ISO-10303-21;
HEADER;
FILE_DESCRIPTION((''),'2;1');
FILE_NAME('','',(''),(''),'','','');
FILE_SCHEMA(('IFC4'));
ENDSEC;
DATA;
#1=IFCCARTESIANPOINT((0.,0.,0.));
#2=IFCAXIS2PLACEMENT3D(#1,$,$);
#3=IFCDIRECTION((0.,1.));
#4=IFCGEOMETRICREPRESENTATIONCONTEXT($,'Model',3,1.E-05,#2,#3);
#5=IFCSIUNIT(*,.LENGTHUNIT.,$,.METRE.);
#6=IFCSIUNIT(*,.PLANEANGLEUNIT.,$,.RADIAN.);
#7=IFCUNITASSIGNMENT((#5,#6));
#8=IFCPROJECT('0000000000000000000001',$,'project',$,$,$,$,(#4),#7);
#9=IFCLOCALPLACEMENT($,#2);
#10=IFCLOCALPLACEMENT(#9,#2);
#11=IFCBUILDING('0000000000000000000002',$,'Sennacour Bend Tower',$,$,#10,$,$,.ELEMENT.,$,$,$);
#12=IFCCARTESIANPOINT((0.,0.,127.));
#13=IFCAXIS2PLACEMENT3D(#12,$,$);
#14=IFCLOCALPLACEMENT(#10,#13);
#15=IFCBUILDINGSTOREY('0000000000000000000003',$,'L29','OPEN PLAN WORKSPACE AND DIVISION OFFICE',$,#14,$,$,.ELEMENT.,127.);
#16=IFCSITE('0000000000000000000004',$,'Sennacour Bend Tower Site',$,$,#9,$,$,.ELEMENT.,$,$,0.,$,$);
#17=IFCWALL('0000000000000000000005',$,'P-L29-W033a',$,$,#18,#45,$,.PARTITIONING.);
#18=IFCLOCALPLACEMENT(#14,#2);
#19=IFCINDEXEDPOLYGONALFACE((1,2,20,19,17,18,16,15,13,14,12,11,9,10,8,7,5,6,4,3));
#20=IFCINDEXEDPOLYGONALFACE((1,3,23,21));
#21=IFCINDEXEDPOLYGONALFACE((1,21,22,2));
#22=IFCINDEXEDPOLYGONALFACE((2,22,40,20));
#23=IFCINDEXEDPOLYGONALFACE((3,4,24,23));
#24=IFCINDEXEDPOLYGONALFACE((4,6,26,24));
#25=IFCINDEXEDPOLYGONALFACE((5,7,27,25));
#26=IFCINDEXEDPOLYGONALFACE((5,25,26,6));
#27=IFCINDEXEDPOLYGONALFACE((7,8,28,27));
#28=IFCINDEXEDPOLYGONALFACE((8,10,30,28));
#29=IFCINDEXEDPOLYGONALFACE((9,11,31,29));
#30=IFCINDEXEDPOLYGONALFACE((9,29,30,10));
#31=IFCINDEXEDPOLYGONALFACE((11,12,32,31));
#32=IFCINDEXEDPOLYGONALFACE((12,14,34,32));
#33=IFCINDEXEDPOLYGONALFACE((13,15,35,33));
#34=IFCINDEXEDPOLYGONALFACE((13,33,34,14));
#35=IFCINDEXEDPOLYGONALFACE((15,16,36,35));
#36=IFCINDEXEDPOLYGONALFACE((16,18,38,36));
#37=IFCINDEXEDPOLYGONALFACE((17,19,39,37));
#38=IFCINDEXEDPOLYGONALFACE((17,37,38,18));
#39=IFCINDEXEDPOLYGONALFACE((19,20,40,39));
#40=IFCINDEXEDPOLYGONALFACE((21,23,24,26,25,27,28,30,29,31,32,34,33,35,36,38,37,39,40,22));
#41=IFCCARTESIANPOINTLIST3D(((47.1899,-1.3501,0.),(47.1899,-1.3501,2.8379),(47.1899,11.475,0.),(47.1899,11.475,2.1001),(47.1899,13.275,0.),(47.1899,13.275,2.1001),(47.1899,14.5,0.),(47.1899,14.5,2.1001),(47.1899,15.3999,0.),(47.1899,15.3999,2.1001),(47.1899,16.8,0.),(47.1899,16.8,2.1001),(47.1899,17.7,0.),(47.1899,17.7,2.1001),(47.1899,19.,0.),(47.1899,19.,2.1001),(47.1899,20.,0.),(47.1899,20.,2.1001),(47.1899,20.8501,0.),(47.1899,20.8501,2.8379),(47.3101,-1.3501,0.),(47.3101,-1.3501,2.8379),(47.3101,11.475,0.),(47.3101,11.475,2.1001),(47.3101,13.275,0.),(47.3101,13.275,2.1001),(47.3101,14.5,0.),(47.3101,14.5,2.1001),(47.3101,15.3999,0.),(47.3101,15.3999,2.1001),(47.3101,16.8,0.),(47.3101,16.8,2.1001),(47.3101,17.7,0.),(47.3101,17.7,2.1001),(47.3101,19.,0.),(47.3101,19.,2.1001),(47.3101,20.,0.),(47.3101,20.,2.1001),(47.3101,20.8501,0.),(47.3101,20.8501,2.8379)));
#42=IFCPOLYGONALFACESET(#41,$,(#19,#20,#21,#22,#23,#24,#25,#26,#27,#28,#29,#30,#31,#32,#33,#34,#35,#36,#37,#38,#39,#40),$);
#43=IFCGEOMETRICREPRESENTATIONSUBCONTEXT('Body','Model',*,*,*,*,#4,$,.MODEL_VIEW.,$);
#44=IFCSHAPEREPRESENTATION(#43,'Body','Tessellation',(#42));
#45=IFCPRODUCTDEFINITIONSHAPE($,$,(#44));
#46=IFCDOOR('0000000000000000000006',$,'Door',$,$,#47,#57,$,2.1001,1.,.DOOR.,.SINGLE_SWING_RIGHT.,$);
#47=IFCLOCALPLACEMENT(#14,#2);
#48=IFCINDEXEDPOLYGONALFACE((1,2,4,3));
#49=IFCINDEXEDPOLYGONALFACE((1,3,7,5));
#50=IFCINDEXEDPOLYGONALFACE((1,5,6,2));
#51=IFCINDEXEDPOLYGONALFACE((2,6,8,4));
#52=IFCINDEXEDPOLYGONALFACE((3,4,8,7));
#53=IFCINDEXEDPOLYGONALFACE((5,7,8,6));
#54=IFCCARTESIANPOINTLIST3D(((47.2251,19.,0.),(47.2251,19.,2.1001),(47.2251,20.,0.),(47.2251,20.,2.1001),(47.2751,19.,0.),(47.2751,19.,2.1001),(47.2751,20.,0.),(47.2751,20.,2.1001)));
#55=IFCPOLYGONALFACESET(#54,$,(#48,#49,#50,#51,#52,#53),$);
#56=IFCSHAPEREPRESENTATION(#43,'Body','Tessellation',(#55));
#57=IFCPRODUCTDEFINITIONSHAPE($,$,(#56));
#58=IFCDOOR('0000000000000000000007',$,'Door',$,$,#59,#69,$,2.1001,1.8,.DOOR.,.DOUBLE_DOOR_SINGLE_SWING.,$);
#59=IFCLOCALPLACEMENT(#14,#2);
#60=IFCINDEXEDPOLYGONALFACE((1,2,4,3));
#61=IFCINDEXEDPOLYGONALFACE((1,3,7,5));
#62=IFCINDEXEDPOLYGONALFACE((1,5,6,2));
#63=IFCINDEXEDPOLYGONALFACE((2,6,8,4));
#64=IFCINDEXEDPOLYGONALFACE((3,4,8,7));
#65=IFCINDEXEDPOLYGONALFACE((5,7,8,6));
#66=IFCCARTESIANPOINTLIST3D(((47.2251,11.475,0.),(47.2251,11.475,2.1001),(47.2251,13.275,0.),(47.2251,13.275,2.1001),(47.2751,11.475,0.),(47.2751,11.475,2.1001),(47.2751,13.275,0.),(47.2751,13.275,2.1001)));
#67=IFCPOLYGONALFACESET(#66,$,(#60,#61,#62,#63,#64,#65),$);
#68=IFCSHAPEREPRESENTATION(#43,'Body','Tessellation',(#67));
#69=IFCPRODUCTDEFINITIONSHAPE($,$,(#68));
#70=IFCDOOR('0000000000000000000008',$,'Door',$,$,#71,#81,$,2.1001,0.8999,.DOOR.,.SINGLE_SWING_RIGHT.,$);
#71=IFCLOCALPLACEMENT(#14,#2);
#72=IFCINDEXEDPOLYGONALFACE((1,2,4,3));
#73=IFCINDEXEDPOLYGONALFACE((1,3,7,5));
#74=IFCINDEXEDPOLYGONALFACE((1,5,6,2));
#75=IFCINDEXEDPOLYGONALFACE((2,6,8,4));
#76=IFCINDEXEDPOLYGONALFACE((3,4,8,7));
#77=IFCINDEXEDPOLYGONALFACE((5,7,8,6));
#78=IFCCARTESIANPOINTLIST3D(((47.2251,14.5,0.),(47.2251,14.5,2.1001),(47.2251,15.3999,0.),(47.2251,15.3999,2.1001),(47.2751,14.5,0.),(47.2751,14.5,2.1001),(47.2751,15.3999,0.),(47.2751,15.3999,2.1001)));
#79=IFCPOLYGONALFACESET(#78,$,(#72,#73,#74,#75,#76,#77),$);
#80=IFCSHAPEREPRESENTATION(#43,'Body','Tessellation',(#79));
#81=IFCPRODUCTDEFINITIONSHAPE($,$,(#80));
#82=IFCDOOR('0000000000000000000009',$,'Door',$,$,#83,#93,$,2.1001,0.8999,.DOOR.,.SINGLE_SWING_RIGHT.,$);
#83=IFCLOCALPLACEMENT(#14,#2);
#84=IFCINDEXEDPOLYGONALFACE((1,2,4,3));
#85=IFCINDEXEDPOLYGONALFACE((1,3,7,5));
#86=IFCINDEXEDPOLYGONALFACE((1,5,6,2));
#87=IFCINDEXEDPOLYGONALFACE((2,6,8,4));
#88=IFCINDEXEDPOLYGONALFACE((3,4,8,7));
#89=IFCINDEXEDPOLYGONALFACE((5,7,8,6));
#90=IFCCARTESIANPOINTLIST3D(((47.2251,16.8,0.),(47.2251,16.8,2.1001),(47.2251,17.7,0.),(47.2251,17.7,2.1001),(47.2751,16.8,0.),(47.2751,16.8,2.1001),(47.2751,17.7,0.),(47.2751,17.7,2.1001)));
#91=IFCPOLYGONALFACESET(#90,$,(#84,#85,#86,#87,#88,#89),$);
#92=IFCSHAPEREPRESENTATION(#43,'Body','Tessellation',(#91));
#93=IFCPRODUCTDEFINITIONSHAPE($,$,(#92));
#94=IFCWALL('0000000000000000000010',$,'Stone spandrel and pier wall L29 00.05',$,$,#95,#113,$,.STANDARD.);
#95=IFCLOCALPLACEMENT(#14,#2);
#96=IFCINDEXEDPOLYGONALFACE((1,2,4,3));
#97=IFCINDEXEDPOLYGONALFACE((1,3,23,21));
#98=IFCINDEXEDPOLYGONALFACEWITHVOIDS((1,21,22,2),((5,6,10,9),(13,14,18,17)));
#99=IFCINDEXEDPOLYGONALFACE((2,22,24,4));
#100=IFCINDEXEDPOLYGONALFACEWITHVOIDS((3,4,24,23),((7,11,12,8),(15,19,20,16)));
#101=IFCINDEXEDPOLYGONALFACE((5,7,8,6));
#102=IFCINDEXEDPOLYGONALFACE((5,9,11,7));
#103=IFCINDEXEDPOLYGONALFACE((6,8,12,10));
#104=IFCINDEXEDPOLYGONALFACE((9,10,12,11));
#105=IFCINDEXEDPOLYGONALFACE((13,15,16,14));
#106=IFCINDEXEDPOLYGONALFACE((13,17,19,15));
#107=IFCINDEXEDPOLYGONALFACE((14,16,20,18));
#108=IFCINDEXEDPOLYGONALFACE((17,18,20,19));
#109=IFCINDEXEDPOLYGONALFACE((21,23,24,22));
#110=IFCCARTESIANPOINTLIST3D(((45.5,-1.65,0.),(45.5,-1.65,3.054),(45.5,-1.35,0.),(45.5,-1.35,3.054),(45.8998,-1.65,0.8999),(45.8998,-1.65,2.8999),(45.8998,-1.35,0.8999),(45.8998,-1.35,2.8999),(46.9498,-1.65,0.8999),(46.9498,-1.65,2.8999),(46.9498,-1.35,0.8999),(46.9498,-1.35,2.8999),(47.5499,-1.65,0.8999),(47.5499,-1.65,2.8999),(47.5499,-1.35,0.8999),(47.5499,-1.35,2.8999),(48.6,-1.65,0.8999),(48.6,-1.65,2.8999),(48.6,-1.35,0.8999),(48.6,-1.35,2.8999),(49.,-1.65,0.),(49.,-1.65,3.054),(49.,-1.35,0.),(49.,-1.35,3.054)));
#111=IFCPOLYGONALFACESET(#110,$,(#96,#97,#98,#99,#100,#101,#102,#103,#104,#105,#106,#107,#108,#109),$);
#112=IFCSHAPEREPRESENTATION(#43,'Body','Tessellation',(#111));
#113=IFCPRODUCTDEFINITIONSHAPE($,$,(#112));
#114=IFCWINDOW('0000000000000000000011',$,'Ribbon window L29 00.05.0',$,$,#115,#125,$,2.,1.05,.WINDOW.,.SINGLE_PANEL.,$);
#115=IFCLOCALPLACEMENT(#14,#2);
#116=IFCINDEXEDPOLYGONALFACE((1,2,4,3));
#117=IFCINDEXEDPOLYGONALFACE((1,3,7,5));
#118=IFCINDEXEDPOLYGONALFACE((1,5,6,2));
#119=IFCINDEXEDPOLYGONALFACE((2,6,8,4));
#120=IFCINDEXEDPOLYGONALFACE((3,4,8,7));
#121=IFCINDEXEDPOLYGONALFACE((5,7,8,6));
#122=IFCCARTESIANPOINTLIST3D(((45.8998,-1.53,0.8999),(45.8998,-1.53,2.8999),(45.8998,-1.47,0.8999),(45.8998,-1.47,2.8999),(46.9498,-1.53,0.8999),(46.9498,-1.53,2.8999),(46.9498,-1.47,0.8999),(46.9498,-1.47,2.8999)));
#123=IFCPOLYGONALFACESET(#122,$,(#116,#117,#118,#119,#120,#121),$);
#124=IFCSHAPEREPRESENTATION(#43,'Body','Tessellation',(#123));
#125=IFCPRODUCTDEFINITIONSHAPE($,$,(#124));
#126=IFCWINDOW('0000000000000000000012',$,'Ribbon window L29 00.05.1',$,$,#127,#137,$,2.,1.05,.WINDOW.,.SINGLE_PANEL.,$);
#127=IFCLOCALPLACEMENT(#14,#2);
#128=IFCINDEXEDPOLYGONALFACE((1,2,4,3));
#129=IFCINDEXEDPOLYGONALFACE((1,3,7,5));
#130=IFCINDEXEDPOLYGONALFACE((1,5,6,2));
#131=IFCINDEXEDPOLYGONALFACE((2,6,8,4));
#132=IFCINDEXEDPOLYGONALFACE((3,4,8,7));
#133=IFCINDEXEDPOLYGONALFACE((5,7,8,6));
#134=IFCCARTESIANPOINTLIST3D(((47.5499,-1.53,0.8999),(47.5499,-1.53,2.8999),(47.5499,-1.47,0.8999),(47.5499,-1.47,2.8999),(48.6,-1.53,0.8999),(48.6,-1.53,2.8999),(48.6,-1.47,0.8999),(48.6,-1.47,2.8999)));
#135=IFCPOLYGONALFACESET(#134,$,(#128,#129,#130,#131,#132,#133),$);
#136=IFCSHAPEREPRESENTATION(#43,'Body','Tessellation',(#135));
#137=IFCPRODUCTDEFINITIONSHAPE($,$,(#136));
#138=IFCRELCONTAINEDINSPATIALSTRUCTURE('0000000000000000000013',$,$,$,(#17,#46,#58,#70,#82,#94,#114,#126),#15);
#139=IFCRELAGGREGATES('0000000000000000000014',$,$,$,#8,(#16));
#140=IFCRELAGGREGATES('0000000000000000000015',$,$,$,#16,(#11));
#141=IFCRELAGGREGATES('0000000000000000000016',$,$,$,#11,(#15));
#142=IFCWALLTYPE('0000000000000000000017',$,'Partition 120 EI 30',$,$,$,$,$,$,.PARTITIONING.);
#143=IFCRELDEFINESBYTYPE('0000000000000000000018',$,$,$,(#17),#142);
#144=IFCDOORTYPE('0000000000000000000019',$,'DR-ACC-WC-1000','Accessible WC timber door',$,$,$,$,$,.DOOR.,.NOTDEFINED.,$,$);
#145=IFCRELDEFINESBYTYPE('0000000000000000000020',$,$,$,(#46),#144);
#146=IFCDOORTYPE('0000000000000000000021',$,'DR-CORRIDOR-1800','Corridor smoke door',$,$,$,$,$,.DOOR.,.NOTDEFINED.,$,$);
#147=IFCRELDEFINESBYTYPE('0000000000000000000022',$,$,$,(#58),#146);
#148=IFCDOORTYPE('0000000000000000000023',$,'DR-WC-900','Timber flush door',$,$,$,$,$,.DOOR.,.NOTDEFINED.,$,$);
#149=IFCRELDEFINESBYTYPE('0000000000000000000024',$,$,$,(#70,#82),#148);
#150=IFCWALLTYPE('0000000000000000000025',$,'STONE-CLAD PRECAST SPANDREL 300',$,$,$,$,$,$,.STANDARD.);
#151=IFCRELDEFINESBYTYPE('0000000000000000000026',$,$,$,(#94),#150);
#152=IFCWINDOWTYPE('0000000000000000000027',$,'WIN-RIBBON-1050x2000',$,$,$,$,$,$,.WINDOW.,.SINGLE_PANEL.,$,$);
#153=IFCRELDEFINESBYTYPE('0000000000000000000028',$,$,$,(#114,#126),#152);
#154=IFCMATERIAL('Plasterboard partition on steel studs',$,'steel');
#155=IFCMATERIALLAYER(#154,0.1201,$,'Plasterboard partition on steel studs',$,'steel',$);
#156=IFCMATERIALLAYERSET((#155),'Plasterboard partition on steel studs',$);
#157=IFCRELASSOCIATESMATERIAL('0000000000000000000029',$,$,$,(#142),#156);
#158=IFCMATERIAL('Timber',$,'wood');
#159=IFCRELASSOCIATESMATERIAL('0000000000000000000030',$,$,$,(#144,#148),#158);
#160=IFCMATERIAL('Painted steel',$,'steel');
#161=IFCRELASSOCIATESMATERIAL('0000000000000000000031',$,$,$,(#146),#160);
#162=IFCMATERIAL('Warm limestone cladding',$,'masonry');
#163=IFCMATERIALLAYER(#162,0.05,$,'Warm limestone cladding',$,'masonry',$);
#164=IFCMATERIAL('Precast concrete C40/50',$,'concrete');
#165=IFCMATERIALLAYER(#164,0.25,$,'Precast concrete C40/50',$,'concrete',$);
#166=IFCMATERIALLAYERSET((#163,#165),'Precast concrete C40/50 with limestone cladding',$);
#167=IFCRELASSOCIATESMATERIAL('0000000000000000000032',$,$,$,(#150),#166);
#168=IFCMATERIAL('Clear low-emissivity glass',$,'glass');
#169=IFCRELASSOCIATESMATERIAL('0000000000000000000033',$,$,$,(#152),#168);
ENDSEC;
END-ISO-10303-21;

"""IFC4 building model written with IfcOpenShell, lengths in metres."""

from ifc_helpers import new_model, si_unit, direction, frame, frame_2d, origin, place, context, subcontext, project, spatial, rectangle, extrude, material, layer, layer_set, type_object, element, fill, save


model = new_model("IFC4")

# Units and contexts
model_context = context("Model", 3, precision=1e-05, world=origin(), true_north=direction((0.0, 1.0)))
body_context = subcontext(model_context, "Body", "Model", "MODEL_VIEW")
ifc_project = project(units=[si_unit("LENGTHUNIT", "METRE"), si_unit("PLANEANGLEUNIT", "RADIAN")], contexts=[model_context])

# Site, building, storey
site_placement = place(None, origin())
site = spatial("IfcSite", under=ifc_project, at=site_placement, Name="Sennacour Bend Tower Site", CompositionType="ELEMENT", RefElevation=0.0)
building_placement = place(site_placement, origin())
building = spatial("IfcBuilding", under=site, at=building_placement, Name="Sennacour Bend Tower", CompositionType="ELEMENT")
storey_placement = place(building_placement, frame((0.0, 0.0, 127.0)))
storey = spatial("IfcBuildingStorey", under=building, at=storey_placement, Name="L29", Description="OPEN PLAN WORKSPACE AND DIVISION OFFICE", CompositionType="ELEMENT", Elevation=127.0)

# Wall, openings, doors
ifc_material_1 = material(Name="Plasterboard partition on steel studs", Category="steel")
ifc_layer_1 = layer(ifc_material_1, 0.1201, Name="Plasterboard partition on steel studs", Category="steel")
ifc_layer_set_1 = layer_set([ifc_layer_1], Name="Plasterboard partition on steel studs")
wall_type_1 = type_object("IfcWallType", Name="Partition 120 EI 30", PredefinedType="PARTITIONING", material=ifc_layer_set_1)
wall_1_placement = place(storey_placement, frame((47.25, -1.3501, 0.0), z_axis=(0.0, 0.0, 1.0), x_axis=(0.0, 1.0, 0.0)))
wall_1 = element("IfcWall", 1, at=wall_1_placement, inside=storey, type_object=wall_type_1, Name="P-L29-W033a", PredefinedType="PARTITIONING", context=body_context, shape_type="SweptSolid", body=[
    extrude(rectangle(XDim=22.2002, YDim=0.1201, at=frame_2d((11.1001, 0.0))), origin(), (0.0, 0.0, 1.0), 2.8379),
])
opening_1_placement = place(wall_1_placement, frame((12.8252, 0.0, 0.0)))
opening_1 = element("IfcOpeningElement", 2, at=opening_1_placement, cuts=wall_1, PredefinedType="OPENING", context=body_context, shape_type="SweptSolid", body=[
    extrude(rectangle(XDim=1.8, YDim=2.1001, at=frame_2d((0.8999, 1.05))), frame((0.0, 0.0701, 0.0), z_axis=(0.0, -1.0, 0.0), x_axis=(1.0, 0.0, 0.0)), (0.0, 0.0, 1.0), 0.1401),
])
opening_2_placement = place(wall_1_placement, frame((15.8501, 0.0, 0.0)))
opening_2 = element("IfcOpeningElement", 3, at=opening_2_placement, cuts=wall_1, PredefinedType="OPENING", context=body_context, shape_type="SweptSolid", body=[
    extrude(rectangle(XDim=0.8999, YDim=2.1001, at=frame_2d((0.45, 1.05))), frame((0.0, 0.0701, 0.0), z_axis=(0.0, -1.0, 0.0), x_axis=(1.0, 0.0, 0.0)), (0.0, 0.0, 1.0), 0.1401),
])
opening_3_placement = place(wall_1_placement, frame((18.1501, 0.0, 0.0)))
opening_3 = element("IfcOpeningElement", 4, at=opening_3_placement, cuts=wall_1, PredefinedType="OPENING", context=body_context, shape_type="SweptSolid", body=[
    extrude(rectangle(XDim=0.8999, YDim=2.1001, at=frame_2d((0.45, 1.05))), frame((0.0, 0.0701, 0.0), z_axis=(0.0, -1.0, 0.0), x_axis=(1.0, 0.0, 0.0)), (0.0, 0.0, 1.0), 0.1401),
])
opening_4_placement = place(wall_1_placement, frame((20.3501, 0.0, 0.0)))
opening_4 = element("IfcOpeningElement", 5, at=opening_4_placement, cuts=wall_1, PredefinedType="OPENING", context=body_context, shape_type="SweptSolid", body=[
    extrude(rectangle(XDim=1.0, YDim=2.1001, at=frame_2d((0.5, 1.05))), frame((0.0, 0.0701, 0.0), z_axis=(0.0, -1.0, 0.0), x_axis=(1.0, 0.0, 0.0)), (0.0, 0.0, 1.0), 0.1401),
])
ifc_material_2 = material(Name="Timber", Category="wood")
door_type_1 = type_object("IfcDoorType", Name="DR-ACC-WC-1000", Description="Accessible WC timber door", OperationType="NOTDEFINED", PredefinedType="DOOR", material=ifc_material_2)
door_1_placement = place(opening_4_placement, origin())
door_1 = element("IfcDoor", 6, at=door_1_placement, inside=storey, type_object=door_type_1, Name="Door", OperationType="SINGLE_SWING_RIGHT", OverallHeight=2.1001, OverallWidth=1.0, PredefinedType="DOOR", context=body_context, shape_type="SweptSolid", body=[
    extrude(rectangle(XDim=1.0, YDim=2.1001, at=frame_2d((0.5, 1.05))), frame((0.0, 0.0249, 0.0), z_axis=(0.0, -1.0, 0.0), x_axis=(1.0, 0.0, 0.0)), (0.0, 0.0, 1.0), 0.05),
])
fill(opening_4, door_1)
ifc_material_3 = material(Name="Painted steel", Category="steel")
door_type_2 = type_object("IfcDoorType", Name="DR-CORRIDOR-1800", Description="Corridor smoke door", OperationType="NOTDEFINED", PredefinedType="DOOR", material=ifc_material_3)
door_2_placement = place(opening_1_placement, origin())
door_2 = element("IfcDoor", 7, at=door_2_placement, inside=storey, type_object=door_type_2, Name="Door", OperationType="DOUBLE_DOOR_SINGLE_SWING", OverallHeight=2.1001, OverallWidth=1.8, PredefinedType="DOOR", context=body_context, shape_type="SweptSolid", body=[
    extrude(rectangle(XDim=1.8, YDim=2.1001, at=frame_2d((0.8999, 1.05))), frame((0.0, 0.0249, 0.0), z_axis=(0.0, -1.0, 0.0), x_axis=(1.0, 0.0, 0.0)), (0.0, 0.0, 1.0), 0.05),
])
fill(opening_1, door_2)
door_type_3 = type_object("IfcDoorType", Name="DR-WC-900", Description="Timber flush door", OperationType="NOTDEFINED", PredefinedType="DOOR", material=ifc_material_2)
door_3_placement = place(opening_2_placement, origin())
door_3 = element("IfcDoor", 8, at=door_3_placement, inside=storey, type_object=door_type_3, Name="Door", OperationType="SINGLE_SWING_RIGHT", OverallHeight=2.1001, OverallWidth=0.8999, PredefinedType="DOOR", context=body_context, shape_type="SweptSolid", body=[
    extrude(rectangle(XDim=0.8999, YDim=2.1001, at=frame_2d((0.45, 1.05))), frame((0.0, 0.0249, 0.0), z_axis=(0.0, -1.0, 0.0), x_axis=(1.0, 0.0, 0.0)), (0.0, 0.0, 1.0), 0.05),
])
fill(opening_2, door_3)
door_4_placement = place(opening_3_placement, origin())
door_4 = element("IfcDoor", 9, at=door_4_placement, inside=storey, type_object=door_type_3, Name="Door", OperationType="SINGLE_SWING_RIGHT", OverallHeight=2.1001, OverallWidth=0.8999, PredefinedType="DOOR", context=body_context, shape_type="SweptSolid", body=[
    extrude(rectangle(XDim=0.8999, YDim=2.1001, at=frame_2d((0.45, 1.05))), frame((0.0, 0.0249, 0.0), z_axis=(0.0, -1.0, 0.0), x_axis=(1.0, 0.0, 0.0)), (0.0, 0.0, 1.0), 0.05),
])
fill(opening_3, door_4)

# Wall, openings, windows
ifc_material_4 = material(Name="Warm limestone cladding", Category="masonry")
ifc_layer_2 = layer(ifc_material_4, 0.05, Name="Warm limestone cladding", Category="masonry")
ifc_material_5 = material(Name="Precast concrete C40/50", Category="concrete")
ifc_layer_3 = layer(ifc_material_5, 0.25, Name="Precast concrete C40/50", Category="concrete")
ifc_layer_set_2 = layer_set([ifc_layer_2, ifc_layer_3], Name="Precast concrete C40/50 with limestone cladding")
wall_type_2 = type_object("IfcWallType", Name="STONE-CLAD PRECAST SPANDREL 300", PredefinedType="STANDARD", material=ifc_layer_set_2)
wall_2_placement = place(storey_placement, frame((45.5, -1.5, 0.0), z_axis=(0.0, 0.0, 1.0), x_axis=(1.0, 0.0, 0.0)))
wall_2 = element("IfcWall", 10, at=wall_2_placement, inside=storey, type_object=wall_type_2, Name="Stone spandrel and pier wall L29 00.05", PredefinedType="STANDARD", context=body_context, shape_type="SweptSolid", body=[
    extrude(rectangle(XDim=3.5, YDim=0.3, at=frame_2d((1.75, 0.0))), origin(), (0.0, 0.0, 1.0), 3.054),
])
opening_5_placement = place(wall_2_placement, frame((0.3999, 0.0, 0.8999)))
opening_5 = element("IfcOpeningElement", 11, at=opening_5_placement, cuts=wall_2, PredefinedType="OPENING", context=body_context, shape_type="SweptSolid", body=[
    extrude(rectangle(XDim=1.05, YDim=2.0, at=frame_2d((0.5249, 1.0))), frame((0.0, 0.1602, 0.0), z_axis=(0.0, -1.0, 0.0), x_axis=(1.0, 0.0, 0.0)), (0.0, 0.0, 1.0), 0.3201),
])
opening_6_placement = place(wall_2_placement, frame((2.05, 0.0, 0.8999)))
opening_6 = element("IfcOpeningElement", 12, at=opening_6_placement, cuts=wall_2, PredefinedType="OPENING", context=body_context, shape_type="SweptSolid", body=[
    extrude(rectangle(XDim=1.05, YDim=2.0, at=frame_2d((0.5249, 1.0))), frame((0.0, 0.1602, 0.0), z_axis=(0.0, -1.0, 0.0), x_axis=(1.0, 0.0, 0.0)), (0.0, 0.0, 1.0), 0.3201),
])
ifc_material_6 = material(Name="Clear low-emissivity glass", Category="glass")
window_type = type_object("IfcWindowType", Name="WIN-RIBBON-1050x2000", PartitioningType="SINGLE_PANEL", PredefinedType="WINDOW", material=ifc_material_6)
window_1_placement = place(opening_5_placement, origin())
window_1 = element("IfcWindow", 13, at=window_1_placement, inside=storey, type_object=window_type, Name="Ribbon window L29 00.05.0", OverallHeight=2.0, OverallWidth=1.05, PartitioningType="SINGLE_PANEL", PredefinedType="WINDOW", context=body_context, shape_type="SweptSolid", body=[
    extrude(rectangle(XDim=1.05, YDim=2.0, at=frame_2d((0.5249, 1.0))), frame((0.0, 0.03, 0.0), z_axis=(0.0, -1.0, 0.0), x_axis=(1.0, 0.0, 0.0)), (0.0, 0.0, 1.0), 0.0601),
])
fill(opening_5, window_1)
window_2_placement = place(opening_6_placement, origin())
window_2 = element("IfcWindow", 14, at=window_2_placement, inside=storey, type_object=window_type, Name="Ribbon window L29 00.05.1", OverallHeight=2.0, OverallWidth=1.05, PartitioningType="SINGLE_PANEL", PredefinedType="WINDOW", context=body_context, shape_type="SweptSolid", body=[
    extrude(rectangle(XDim=1.05, YDim=2.0, at=frame_2d((0.5249, 1.0))), frame((0.0, 0.03, 0.0), z_axis=(0.0, -1.0, 0.0), x_axis=(1.0, 0.0, 0.0)), (0.0, 0.0, 1.0), 0.0601),
])
fill(opening_6, window_2)

save(model, "model.ifc")
